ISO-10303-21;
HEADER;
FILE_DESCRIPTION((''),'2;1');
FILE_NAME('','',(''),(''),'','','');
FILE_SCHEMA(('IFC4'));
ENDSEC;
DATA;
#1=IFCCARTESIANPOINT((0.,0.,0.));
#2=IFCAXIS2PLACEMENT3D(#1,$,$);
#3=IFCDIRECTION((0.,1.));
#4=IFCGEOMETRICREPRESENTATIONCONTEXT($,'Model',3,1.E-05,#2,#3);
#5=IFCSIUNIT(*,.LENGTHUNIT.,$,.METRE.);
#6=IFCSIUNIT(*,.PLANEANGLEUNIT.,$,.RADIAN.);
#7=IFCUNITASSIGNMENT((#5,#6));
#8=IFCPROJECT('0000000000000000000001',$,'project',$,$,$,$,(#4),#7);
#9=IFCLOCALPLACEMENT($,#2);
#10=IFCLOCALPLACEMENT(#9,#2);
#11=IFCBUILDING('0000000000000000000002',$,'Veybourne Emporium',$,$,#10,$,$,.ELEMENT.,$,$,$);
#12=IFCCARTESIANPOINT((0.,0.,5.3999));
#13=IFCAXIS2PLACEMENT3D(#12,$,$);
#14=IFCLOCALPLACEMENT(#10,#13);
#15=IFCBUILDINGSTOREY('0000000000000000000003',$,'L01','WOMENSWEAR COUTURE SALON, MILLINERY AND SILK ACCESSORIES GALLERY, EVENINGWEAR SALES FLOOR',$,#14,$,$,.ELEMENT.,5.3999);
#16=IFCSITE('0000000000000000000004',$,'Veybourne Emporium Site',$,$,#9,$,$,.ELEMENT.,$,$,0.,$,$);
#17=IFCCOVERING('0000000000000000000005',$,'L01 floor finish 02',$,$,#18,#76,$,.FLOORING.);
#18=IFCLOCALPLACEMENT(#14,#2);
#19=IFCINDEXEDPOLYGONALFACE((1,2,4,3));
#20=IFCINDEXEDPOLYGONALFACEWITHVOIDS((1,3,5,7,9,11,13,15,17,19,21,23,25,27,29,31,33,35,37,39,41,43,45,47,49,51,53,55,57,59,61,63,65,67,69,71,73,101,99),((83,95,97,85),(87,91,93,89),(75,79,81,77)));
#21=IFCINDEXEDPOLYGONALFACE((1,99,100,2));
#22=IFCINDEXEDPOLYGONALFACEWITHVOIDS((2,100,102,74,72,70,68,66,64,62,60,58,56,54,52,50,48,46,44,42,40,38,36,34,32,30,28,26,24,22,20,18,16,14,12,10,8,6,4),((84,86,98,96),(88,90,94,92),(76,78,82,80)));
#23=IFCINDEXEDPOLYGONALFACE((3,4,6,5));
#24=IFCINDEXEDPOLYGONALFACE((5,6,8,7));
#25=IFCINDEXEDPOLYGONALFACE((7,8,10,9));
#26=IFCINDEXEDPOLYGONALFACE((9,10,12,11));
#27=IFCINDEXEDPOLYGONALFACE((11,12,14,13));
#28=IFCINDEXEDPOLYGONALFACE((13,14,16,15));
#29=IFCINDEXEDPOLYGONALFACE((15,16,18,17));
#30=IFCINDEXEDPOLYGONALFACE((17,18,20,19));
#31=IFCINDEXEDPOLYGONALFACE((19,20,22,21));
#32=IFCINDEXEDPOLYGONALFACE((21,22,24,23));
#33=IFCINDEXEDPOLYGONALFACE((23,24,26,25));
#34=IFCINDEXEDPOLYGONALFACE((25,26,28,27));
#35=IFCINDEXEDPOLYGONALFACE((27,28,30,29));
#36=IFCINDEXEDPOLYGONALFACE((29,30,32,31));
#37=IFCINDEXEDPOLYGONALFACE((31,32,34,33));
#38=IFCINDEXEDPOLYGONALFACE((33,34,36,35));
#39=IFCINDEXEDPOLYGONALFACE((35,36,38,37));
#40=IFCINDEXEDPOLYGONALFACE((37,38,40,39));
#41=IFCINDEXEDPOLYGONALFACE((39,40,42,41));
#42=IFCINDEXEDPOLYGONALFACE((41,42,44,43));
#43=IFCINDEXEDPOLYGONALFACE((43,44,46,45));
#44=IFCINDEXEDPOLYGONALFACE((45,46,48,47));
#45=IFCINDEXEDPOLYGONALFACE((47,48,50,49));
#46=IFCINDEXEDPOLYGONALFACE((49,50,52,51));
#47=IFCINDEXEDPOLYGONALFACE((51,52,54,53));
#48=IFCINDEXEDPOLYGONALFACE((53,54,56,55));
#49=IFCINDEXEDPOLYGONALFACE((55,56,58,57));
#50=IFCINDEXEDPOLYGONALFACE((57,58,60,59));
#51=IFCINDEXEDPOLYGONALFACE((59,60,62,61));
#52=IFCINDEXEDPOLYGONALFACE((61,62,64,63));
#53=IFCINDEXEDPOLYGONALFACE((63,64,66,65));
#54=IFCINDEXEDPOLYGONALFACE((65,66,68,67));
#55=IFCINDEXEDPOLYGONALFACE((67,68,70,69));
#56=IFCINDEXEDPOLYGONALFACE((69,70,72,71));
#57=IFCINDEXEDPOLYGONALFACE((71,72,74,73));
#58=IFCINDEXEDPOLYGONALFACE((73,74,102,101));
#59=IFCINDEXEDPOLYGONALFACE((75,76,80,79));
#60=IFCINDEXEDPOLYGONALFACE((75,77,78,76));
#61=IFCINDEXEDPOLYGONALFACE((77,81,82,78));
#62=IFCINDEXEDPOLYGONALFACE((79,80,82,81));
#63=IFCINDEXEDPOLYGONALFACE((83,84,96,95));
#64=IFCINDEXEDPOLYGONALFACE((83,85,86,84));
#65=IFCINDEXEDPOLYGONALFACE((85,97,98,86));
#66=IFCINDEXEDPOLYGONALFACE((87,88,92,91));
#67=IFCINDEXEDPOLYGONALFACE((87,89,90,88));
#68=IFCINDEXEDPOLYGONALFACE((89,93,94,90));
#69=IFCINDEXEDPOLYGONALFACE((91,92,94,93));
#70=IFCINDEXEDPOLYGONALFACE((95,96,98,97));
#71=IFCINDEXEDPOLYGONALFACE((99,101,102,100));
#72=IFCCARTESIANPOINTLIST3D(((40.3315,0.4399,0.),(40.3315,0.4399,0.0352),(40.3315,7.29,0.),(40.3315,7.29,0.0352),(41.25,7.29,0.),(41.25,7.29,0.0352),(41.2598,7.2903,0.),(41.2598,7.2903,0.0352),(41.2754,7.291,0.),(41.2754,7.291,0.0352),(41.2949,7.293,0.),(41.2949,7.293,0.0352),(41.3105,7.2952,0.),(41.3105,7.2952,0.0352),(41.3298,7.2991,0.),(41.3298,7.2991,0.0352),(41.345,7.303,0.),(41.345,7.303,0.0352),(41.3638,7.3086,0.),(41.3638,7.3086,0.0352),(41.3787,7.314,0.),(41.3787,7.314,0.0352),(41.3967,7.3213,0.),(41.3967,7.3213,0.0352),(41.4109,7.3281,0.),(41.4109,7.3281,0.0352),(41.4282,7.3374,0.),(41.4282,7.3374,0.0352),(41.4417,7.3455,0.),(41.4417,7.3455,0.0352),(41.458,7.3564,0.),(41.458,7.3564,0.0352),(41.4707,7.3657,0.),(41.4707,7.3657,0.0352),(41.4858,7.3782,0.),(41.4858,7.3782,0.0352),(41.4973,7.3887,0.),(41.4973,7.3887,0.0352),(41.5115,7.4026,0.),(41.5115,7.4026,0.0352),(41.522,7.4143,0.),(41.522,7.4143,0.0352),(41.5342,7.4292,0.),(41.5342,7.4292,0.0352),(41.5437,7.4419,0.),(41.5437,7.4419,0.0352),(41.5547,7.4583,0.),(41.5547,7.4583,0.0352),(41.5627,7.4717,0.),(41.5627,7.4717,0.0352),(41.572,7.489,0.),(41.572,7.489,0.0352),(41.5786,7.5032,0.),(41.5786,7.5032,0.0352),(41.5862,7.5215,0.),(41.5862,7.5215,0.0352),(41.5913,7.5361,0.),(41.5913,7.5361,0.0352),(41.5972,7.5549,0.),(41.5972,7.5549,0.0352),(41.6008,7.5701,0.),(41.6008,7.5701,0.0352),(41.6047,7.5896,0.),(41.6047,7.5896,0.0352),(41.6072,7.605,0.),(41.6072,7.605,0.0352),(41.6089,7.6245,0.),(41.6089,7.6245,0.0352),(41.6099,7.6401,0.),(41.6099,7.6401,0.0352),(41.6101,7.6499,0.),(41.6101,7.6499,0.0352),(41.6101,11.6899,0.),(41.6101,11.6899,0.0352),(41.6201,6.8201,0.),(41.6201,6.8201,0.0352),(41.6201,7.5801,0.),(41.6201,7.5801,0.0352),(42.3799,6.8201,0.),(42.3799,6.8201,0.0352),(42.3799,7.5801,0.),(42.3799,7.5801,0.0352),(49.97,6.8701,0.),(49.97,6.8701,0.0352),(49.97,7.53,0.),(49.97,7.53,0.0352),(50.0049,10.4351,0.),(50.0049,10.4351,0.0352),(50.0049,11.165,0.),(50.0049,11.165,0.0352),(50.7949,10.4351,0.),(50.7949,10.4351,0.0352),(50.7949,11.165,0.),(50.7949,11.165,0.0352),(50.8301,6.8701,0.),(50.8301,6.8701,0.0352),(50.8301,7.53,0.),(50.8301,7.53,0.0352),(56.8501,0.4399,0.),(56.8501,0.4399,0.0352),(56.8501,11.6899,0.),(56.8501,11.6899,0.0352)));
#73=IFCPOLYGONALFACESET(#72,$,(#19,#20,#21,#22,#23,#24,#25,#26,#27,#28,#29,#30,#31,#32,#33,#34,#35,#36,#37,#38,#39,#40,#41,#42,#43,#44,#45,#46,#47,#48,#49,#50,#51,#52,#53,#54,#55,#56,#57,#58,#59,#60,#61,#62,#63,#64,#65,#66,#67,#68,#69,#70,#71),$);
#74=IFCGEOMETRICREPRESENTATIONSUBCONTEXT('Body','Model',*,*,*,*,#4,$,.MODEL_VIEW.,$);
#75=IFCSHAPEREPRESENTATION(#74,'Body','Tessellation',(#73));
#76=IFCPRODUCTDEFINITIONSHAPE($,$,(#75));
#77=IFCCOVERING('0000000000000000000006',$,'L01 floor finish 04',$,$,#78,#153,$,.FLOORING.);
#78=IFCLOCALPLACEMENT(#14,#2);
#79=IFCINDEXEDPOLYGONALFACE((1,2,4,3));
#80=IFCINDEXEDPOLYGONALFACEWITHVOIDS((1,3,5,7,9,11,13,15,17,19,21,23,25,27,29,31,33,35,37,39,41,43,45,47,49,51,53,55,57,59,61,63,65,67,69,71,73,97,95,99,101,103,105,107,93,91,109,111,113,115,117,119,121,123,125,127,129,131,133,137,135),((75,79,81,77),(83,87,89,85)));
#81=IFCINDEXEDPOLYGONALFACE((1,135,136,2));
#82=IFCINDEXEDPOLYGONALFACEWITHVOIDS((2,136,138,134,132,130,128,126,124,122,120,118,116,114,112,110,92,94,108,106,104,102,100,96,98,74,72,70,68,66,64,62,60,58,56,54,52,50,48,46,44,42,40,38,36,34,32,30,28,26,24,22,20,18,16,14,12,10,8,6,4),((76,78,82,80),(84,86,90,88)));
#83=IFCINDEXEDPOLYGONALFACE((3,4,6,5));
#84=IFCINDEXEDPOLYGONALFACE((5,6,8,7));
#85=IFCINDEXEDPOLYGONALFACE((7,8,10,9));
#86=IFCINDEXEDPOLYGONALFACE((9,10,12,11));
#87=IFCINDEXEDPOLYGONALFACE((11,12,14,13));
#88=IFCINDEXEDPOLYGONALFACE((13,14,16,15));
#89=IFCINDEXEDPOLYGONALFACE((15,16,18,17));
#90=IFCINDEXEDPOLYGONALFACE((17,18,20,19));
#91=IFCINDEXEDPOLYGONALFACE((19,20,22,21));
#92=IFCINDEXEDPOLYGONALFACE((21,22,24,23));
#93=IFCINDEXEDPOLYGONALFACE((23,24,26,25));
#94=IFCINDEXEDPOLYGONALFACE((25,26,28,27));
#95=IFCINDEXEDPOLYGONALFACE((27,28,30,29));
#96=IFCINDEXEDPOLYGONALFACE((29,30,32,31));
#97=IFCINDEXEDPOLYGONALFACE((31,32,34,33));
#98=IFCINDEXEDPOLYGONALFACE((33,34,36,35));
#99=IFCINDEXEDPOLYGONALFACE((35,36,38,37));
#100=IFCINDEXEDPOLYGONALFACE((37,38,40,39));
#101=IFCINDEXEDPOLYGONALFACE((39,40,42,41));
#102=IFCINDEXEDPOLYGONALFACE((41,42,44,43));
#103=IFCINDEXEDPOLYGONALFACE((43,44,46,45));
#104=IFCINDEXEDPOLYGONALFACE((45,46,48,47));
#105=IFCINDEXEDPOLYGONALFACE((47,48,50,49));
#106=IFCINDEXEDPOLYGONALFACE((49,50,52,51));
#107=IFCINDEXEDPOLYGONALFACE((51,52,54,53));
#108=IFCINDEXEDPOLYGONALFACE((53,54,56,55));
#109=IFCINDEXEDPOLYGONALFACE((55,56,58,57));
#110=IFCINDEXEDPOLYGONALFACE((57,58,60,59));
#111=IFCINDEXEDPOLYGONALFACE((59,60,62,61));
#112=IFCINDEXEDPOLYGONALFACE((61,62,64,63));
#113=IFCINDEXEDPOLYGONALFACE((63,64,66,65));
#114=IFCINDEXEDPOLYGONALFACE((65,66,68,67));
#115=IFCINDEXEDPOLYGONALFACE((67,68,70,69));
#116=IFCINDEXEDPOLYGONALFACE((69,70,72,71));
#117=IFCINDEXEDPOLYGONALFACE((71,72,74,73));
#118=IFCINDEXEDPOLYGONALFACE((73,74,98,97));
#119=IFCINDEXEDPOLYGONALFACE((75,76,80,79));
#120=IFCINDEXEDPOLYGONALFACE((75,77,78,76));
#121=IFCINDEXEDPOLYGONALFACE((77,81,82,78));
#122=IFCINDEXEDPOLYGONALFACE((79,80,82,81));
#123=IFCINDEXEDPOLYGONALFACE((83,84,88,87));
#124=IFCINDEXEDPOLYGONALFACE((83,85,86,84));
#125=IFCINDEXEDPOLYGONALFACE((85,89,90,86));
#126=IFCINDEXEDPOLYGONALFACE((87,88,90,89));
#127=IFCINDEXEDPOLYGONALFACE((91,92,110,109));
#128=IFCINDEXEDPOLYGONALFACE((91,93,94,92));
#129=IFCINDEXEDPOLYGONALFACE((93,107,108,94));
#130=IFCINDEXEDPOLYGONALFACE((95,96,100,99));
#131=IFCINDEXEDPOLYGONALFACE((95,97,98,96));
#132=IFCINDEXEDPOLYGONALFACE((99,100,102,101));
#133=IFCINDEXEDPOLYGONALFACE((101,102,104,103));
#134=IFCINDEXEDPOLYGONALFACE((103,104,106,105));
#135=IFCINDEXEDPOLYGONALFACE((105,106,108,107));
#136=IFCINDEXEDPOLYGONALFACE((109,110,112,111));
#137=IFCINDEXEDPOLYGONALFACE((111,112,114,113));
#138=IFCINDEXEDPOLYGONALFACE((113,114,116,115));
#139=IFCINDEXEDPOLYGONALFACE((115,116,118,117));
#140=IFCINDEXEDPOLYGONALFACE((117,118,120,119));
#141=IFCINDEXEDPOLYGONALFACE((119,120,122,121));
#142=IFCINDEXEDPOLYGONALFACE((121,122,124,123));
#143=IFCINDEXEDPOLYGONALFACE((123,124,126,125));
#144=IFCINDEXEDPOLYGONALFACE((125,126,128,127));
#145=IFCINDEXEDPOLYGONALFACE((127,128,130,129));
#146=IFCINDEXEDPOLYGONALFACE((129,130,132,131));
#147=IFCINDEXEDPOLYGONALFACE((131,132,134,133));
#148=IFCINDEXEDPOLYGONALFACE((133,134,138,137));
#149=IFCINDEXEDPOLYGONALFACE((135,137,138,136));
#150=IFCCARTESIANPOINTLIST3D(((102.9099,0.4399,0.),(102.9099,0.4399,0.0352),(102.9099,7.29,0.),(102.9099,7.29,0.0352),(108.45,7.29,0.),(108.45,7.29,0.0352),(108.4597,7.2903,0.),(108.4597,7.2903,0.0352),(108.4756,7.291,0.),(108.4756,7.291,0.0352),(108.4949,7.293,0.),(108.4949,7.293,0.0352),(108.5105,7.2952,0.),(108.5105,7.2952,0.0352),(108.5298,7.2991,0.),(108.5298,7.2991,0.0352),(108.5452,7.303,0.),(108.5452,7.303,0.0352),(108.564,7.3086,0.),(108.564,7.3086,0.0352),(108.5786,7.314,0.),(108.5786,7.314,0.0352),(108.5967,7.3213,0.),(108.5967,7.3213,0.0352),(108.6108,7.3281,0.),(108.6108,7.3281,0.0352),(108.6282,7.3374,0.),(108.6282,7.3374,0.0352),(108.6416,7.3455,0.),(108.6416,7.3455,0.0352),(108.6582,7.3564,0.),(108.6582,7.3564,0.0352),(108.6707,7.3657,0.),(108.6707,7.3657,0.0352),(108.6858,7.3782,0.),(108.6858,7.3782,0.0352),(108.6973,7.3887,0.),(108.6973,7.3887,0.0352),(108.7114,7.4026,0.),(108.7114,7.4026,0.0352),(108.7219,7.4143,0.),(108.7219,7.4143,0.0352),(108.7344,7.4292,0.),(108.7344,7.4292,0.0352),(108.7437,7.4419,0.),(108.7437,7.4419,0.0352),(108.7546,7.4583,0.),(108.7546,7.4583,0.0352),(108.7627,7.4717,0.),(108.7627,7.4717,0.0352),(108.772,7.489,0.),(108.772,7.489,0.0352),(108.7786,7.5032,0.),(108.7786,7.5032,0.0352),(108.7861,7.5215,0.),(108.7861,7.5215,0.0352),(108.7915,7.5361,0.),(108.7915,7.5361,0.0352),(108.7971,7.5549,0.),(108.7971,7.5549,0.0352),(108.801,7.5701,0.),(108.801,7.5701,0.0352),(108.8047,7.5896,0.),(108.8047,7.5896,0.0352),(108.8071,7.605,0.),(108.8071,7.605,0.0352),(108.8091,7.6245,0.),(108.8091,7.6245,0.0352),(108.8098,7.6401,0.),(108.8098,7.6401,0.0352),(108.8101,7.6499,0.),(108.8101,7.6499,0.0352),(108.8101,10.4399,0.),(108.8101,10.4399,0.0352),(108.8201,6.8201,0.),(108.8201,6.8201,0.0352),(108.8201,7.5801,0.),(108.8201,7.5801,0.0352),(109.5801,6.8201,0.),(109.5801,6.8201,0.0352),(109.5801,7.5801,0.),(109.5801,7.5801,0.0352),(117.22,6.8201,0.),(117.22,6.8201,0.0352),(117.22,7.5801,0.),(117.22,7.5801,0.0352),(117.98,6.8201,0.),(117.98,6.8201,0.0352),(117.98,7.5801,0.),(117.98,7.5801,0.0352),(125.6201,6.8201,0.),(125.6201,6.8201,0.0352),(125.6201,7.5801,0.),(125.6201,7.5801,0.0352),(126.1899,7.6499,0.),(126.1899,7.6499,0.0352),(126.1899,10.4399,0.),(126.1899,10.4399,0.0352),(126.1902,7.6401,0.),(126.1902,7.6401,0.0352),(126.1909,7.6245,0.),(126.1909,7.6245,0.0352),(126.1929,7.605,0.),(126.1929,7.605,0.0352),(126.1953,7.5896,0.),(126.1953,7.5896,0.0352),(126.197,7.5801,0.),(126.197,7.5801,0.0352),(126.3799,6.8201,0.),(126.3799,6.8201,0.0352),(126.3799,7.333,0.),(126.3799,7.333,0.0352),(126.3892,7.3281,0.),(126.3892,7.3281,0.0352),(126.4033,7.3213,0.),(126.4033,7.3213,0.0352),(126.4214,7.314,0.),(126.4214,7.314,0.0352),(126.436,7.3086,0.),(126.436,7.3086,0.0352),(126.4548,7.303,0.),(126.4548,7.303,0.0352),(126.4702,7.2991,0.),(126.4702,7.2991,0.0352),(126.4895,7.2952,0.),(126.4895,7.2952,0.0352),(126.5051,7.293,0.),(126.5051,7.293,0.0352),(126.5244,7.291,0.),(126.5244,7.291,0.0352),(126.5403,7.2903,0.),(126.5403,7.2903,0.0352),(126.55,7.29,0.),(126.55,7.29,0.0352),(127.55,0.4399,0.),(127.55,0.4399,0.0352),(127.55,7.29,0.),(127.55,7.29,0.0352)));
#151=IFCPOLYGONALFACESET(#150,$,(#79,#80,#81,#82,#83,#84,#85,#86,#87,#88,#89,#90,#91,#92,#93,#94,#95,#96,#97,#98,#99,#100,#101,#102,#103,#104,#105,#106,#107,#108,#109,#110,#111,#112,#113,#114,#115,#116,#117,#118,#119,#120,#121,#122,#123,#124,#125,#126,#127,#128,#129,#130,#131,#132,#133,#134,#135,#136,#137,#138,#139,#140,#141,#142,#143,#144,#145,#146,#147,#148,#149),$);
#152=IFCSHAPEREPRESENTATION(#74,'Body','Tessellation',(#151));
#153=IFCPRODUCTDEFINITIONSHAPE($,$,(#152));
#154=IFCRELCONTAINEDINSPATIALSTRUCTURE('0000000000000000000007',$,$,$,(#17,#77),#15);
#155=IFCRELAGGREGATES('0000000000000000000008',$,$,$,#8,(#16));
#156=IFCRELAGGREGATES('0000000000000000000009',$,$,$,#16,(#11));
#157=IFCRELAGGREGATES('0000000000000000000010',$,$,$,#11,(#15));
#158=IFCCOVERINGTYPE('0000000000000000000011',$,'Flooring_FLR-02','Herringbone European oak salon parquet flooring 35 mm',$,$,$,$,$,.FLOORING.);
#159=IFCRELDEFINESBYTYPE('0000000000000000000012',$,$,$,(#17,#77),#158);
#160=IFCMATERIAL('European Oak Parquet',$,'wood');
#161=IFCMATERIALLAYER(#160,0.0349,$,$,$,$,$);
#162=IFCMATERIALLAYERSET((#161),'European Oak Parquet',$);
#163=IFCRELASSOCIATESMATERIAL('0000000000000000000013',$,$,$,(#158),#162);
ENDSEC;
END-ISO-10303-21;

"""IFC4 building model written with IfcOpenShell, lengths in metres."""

from ifc_helpers import new_model, si_unit, direction, frame, origin, place, context, subcontext, project, spatial, polyline, outline, extrude, material, layer, layer_set, type_object, element, save


model = new_model("IFC4")

# Units and contexts
model_context = context("Model", 3, precision=1e-05, world=origin(), true_north=direction((0.0, 1.0)))
body_context = subcontext(model_context, "Body", "Model", "MODEL_VIEW")
ifc_project = project(units=[si_unit("LENGTHUNIT", "METRE"), si_unit("PLANEANGLEUNIT", "RADIAN")], contexts=[model_context])

# Site, building, storey
site_placement = place(None, origin())
site = spatial("IfcSite", under=ifc_project, at=site_placement, Name="Veybourne Emporium Site", CompositionType="ELEMENT", RefElevation=0.0)
building_placement = place(site_placement, origin())
building = spatial("IfcBuilding", under=site, at=building_placement, Name="Veybourne Emporium", CompositionType="ELEMENT")
storey_placement = place(building_placement, frame((0.0, 0.0, 5.3999)))
storey = spatial("IfcBuildingStorey", under=building, at=storey_placement, Name="L01", Description="WOMENSWEAR COUTURE SALON, MILLINERY AND SILK ACCESSORIES GALLERY, EVENINGWEAR SALES FLOOR", CompositionType="ELEMENT", Elevation=5.3999)

# Coverings
ifc_material_1 = material(Name="European Oak Parquet", Category="wood")
ifc_layer_1 = layer(ifc_material_1, 0.0349)
ifc_layer_set_1 = layer_set([ifc_layer_1], Name="European Oak Parquet")
covering_type_1 = type_object("IfcCoveringType", Name="Flooring_FLR-02", Description="Herringbone European oak salon parquet flooring 35 mm", PredefinedType="FLOORING", material=ifc_layer_set_1)
covering_1_placement = place(storey_placement, origin())
element("IfcCovering", 1, at=covering_1_placement, inside=storey, type_object=covering_type_1, Name="L01 floor finish 02", PredefinedType="FLOORING", context=body_context, shape_type="SweptSolid", body=[
    extrude(outline(polyline([(41.2949, 7.293), (41.3105, 7.2952), (41.3298, 7.2991), (41.345, 7.303), (41.3638, 7.3086), (41.3787, 7.314), (41.3967, 7.3213), (41.4109, 7.3281), (41.4282, 7.3374), (41.4417, 7.3455), (41.458, 7.3564), (41.4707, 7.3657), (41.4858, 7.3782), (41.4973, 7.3887), (41.5115, 7.4026), (41.522, 7.4143), (41.5342, 7.4292), (41.5437, 7.4419), (41.5547, 7.4583), (41.5627, 7.4717), (41.572, 7.489), (41.5786, 7.5032), (41.5862, 7.5215), (41.5913, 7.5361), (41.5972, 7.5549), (41.6008, 7.5701), (41.6047, 7.5896), (41.6072, 7.605), (41.6089, 7.6245), (41.6099, 7.6401), (41.6101, 7.6499), (41.6101, 11.6899), (56.8501, 11.6899), (56.8501, 0.4399), (40.3315, 0.4399), (40.3315, 7.29), (41.25, 7.29), (41.2598, 7.2903), (41.2754, 7.291), (41.2949, 7.293)]), holes=[polyline([(42.3799, 7.5801), (41.6201, 7.5801), (41.6201, 6.8201), (42.3799, 6.8201), (42.3799, 7.5801)]), polyline([(50.8301, 7.53), (49.97, 7.53), (49.97, 6.8701), (50.8301, 6.8701), (50.8301, 7.53)]), polyline([(50.7949, 11.165), (50.0049, 11.165), (50.0049, 10.4351), (50.7949, 10.4351), (50.7949, 11.165)])]), origin(), (0.0, 0.0, 1.0), 0.0352),
])
covering_2_placement = place(storey_placement, origin())
element("IfcCovering", 2, at=covering_2_placement, inside=storey, type_object=covering_type_1, Name="L01 floor finish 04", PredefinedType="FLOORING", context=body_context, shape_type="SweptSolid", body=[
    extrude(outline(polyline([(108.4949, 7.293), (108.5105, 7.2952), (108.5298, 7.2991), (108.5452, 7.303), (108.564, 7.3086), (108.5786, 7.314), (108.5967, 7.3213), (108.6108, 7.3281), (108.6282, 7.3374), (108.6416, 7.3455), (108.6582, 7.3564), (108.6707, 7.3657), (108.6858, 7.3782), (108.6973, 7.3887), (108.7114, 7.4026), (108.7219, 7.4143), (108.7344, 7.4292), (108.7437, 7.4419), (108.7546, 7.4583), (108.7627, 7.4717), (108.772, 7.489), (108.7786, 7.5032), (108.7861, 7.5215), (108.7915, 7.5361), (108.7971, 7.5549), (108.801, 7.5701), (108.8047, 7.5896), (108.8071, 7.605), (108.8091, 7.6245), (108.8098, 7.6401), (108.8101, 7.6499), (108.8101, 10.4399), (126.1899, 10.4399), (126.1899, 7.6499), (126.1902, 7.6401), (126.1909, 7.6245), (126.1929, 7.605), (126.1953, 7.5896), (126.197, 7.5801), (125.6201, 7.5801), (125.6201, 6.8201), (126.3799, 6.8201), (126.3799, 7.333), (126.3892, 7.3281), (126.4033, 7.3213), (126.4214, 7.314), (126.436, 7.3086), (126.4548, 7.303), (126.4702, 7.2991), (126.4895, 7.2952), (126.5051, 7.293), (126.5244, 7.291), (126.5403, 7.2903), (126.55, 7.29), (127.55, 7.29), (127.55, 0.4399), (102.9099, 0.4399), (102.9099, 7.29), (108.45, 7.29), (108.4597, 7.2903), (108.4756, 7.291), (108.4949, 7.293)]), holes=[polyline([(117.98, 7.5801), (117.22, 7.5801), (117.22, 6.8201), (117.98, 6.8201), (117.98, 7.5801)]), polyline([(109.5801, 7.5801), (108.8201, 7.5801), (108.8201, 6.8201), (109.5801, 6.8201), (109.5801, 7.5801)])]), origin(), (0.0, 0.0, 1.0), 0.0352),
])

save(model, "model.ifc")
